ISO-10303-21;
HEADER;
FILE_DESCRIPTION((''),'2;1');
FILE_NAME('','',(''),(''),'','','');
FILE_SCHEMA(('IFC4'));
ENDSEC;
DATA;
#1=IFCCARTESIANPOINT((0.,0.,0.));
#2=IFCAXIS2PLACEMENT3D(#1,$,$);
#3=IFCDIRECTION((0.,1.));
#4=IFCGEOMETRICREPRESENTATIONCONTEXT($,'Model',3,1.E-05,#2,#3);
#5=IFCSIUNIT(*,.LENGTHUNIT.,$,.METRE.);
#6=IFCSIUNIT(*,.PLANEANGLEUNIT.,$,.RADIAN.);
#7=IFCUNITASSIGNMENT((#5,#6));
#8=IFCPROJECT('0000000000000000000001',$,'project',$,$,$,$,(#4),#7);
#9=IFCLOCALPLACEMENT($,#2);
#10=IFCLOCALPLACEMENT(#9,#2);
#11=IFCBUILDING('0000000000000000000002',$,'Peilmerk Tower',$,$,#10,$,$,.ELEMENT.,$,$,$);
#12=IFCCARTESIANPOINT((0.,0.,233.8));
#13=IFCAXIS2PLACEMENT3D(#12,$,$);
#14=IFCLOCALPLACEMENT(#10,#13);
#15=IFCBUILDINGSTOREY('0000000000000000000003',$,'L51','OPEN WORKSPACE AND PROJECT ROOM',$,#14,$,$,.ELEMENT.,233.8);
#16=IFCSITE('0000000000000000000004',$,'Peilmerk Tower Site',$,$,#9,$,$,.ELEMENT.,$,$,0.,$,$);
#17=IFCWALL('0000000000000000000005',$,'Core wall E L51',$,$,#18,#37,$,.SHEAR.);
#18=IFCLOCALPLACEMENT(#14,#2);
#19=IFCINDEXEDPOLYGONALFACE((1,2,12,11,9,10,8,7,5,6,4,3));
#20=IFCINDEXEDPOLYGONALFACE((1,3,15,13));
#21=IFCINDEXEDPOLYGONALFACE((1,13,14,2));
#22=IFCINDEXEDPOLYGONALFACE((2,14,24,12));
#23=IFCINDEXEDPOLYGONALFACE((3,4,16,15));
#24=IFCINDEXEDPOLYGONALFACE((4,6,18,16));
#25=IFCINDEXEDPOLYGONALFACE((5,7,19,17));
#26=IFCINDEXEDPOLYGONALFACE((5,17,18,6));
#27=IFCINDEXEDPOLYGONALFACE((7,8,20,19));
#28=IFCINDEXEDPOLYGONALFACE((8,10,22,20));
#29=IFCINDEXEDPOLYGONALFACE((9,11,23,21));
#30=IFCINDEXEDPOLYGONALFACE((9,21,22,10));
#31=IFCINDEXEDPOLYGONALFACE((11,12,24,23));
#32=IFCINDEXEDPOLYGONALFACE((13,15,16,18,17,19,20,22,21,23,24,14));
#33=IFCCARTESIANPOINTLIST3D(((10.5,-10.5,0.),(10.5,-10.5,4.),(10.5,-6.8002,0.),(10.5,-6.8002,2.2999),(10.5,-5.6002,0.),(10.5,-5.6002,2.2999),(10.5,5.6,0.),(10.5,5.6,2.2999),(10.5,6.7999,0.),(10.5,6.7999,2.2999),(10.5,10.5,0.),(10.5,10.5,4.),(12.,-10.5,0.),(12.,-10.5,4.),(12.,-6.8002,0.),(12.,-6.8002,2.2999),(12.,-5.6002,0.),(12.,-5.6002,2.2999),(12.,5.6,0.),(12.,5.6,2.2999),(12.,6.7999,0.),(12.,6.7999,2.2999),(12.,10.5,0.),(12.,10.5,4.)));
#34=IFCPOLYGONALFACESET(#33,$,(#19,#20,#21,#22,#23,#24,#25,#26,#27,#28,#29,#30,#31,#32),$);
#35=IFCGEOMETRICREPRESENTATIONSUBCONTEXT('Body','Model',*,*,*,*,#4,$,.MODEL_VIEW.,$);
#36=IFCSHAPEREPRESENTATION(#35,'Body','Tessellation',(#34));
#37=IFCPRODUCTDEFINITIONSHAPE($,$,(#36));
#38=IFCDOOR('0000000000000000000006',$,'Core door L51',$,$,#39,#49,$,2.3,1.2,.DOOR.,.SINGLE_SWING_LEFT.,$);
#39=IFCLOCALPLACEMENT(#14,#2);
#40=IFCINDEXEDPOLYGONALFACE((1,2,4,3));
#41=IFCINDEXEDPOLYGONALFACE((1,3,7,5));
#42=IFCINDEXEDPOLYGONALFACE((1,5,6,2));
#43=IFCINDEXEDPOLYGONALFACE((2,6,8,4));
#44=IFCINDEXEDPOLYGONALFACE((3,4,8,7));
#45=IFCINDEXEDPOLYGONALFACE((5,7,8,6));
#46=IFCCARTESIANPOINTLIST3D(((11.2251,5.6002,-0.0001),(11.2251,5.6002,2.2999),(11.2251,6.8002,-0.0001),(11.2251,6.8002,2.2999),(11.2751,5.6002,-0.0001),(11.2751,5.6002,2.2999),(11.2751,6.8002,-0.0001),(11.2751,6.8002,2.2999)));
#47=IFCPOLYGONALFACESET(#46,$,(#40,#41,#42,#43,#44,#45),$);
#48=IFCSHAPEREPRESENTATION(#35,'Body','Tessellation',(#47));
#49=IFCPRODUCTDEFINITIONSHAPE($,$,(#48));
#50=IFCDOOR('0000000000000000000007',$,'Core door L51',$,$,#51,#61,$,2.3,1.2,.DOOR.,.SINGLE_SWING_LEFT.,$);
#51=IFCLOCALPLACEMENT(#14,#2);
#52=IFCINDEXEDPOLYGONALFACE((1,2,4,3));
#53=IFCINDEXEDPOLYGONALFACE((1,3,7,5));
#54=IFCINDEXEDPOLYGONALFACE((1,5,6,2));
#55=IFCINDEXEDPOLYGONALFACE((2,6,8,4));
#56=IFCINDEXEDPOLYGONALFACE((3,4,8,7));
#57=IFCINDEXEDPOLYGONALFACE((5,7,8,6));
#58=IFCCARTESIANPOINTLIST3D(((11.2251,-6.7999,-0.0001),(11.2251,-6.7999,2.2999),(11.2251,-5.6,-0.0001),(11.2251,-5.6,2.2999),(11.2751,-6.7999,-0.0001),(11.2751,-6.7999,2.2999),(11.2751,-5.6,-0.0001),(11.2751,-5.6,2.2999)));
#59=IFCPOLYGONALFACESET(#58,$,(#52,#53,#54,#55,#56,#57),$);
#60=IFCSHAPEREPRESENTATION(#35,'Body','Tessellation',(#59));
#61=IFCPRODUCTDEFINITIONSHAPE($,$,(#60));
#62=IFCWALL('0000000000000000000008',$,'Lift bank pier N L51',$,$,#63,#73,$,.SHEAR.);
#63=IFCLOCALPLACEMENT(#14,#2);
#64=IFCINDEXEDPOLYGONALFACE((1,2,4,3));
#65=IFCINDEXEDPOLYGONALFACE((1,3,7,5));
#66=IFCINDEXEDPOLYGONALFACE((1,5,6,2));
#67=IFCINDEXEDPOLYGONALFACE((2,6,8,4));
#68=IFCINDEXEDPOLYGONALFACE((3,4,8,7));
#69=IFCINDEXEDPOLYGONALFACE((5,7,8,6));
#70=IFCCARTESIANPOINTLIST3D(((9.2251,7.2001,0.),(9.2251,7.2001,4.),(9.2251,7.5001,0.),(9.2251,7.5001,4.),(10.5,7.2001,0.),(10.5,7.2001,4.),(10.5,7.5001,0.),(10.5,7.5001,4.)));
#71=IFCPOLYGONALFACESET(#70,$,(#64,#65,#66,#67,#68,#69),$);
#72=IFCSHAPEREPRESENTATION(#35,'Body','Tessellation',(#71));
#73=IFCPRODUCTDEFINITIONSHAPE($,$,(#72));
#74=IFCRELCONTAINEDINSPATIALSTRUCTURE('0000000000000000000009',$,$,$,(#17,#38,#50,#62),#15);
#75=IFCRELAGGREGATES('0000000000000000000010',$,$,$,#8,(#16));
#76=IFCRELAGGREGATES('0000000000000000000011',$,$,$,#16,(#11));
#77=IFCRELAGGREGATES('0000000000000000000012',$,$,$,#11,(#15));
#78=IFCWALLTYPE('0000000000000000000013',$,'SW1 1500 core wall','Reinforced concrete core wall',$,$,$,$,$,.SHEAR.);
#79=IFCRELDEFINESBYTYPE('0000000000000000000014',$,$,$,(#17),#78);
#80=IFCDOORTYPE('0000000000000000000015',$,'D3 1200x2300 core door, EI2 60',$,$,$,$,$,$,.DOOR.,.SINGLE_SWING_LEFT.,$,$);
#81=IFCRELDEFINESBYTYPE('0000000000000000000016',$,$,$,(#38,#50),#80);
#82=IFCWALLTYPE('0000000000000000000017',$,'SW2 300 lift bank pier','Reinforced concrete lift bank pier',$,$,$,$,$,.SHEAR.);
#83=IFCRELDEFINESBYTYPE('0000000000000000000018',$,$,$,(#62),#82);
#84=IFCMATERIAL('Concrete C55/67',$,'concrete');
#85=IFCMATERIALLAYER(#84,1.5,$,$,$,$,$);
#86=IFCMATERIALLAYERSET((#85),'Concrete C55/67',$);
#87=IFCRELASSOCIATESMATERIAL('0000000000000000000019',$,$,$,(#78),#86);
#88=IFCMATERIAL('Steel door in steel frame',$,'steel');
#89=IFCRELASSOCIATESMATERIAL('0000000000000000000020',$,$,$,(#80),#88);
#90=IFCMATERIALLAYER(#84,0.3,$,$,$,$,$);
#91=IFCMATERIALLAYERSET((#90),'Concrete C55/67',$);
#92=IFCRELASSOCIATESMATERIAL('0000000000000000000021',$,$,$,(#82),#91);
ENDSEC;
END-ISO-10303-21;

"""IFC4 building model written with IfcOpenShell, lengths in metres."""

from ifc_helpers import new_model, si_unit, direction, frame, frame_2d, origin, place, context, subcontext, project, spatial, rectangle, extrude, material, layer, layer_set, type_object, element, fill, save


model = new_model("IFC4")

# Units and contexts
model_context = context("Model", 3, precision=1e-05, world=origin(), true_north=direction((0.0, 1.0)))
body_context = subcontext(model_context, "Body", "Model", "MODEL_VIEW")
ifc_project = project(units=[si_unit("LENGTHUNIT", "METRE"), si_unit("PLANEANGLEUNIT", "RADIAN")], contexts=[model_context])

# Site, building, storey
site_placement = place(None, origin())
site = spatial("IfcSite", under=ifc_project, at=site_placement, Name="Peilmerk Tower Site", CompositionType="ELEMENT", RefElevation=0.0)
building_placement = place(site_placement, origin())
building = spatial("IfcBuilding", under=site, at=building_placement, Name="Peilmerk Tower", CompositionType="ELEMENT")
storey_placement = place(building_placement, frame((0.0, 0.0, 233.8)))
storey = spatial("IfcBuildingStorey", under=building, at=storey_placement, Name="L51", Description="OPEN WORKSPACE AND PROJECT ROOM", CompositionType="ELEMENT", Elevation=233.8)

# Shared definitions
ifc_material_1 = material(Name="Steel door in steel frame", Category="steel")

# Wall, openings, doors
ifc_material_2 = material(Name="Concrete C55/67", Category="concrete")
ifc_layer_1 = layer(ifc_material_2, 1.5)
ifc_layer_set_1 = layer_set([ifc_layer_1], Name="Concrete C55/67")
wall_type_1 = type_object("IfcWallType", Name="SW1 1500 core wall", Description="Reinforced concrete core wall", PredefinedType="SHEAR", material=ifc_layer_set_1)
wall_1_placement = place(storey_placement, frame((11.25, 10.5, 0.0), z_axis=(0.0, 0.0, 1.0), x_axis=(0.0, -1.0, 0.0)))
wall_1 = element("IfcWall", 1, at=wall_1_placement, inside=storey, type_object=wall_type_1, Name="Core wall E L51", PredefinedType="SHEAR", context=body_context, shape_type="SweptSolid", body=[
    extrude(rectangle(XDim=21.0, YDim=1.5, at=frame_2d((10.5, 0.0))), origin(), (0.0, 0.0, 1.0), 4.0),
])
opening_1_placement = place(wall_1_placement, frame((3.7, 0.0, 0.0)))
opening_1 = element("IfcOpeningElement", 2, at=opening_1_placement, cuts=wall_1, PredefinedType="OPENING", context=body_context, shape_type="SweptSolid", body=[
    extrude(rectangle(XDim=1.2, YDim=2.3, at=frame_2d((0.6001, 1.1499))), frame((0.0, 0.76, 0.0), z_axis=(0.0, -1.0, 0.0), x_axis=(1.0, 0.0, 0.0)), (0.0, 0.0, 1.0), 1.52),
])
opening_2_placement = place(wall_1_placement, frame((16.1001, 0.0, 0.0)))
opening_2 = element("IfcOpeningElement", 3, at=opening_2_placement, cuts=wall_1, PredefinedType="OPENING", context=body_context, shape_type="SweptSolid", body=[
    extrude(rectangle(XDim=1.2, YDim=2.3, at=frame_2d((0.6001, 1.1499))), frame((0.0, 0.76, 0.0), z_axis=(0.0, -1.0, 0.0), x_axis=(1.0, 0.0, 0.0)), (0.0, 0.0, 1.0), 1.52),
])
door_type_1 = type_object("IfcDoorType", Name="D3 1200x2300 core door, EI2 60", OperationType="SINGLE_SWING_LEFT", PredefinedType="DOOR", material=ifc_material_1)
door_1_placement = place(opening_1_placement, frame((1.2, 0.0, 0.0), z_axis=(0.0, 0.0, 1.0), x_axis=(-1.0, 0.0, 0.0)))
door_1 = element("IfcDoor", 4, at=door_1_placement, inside=storey, type_object=door_type_1, Name="Core door L51", OperationType="SINGLE_SWING_LEFT", OverallHeight=2.3, OverallWidth=1.2, PredefinedType="DOOR", context=body_context, shape_type="SweptSolid", body=[
    extrude(rectangle(XDim=1.2, YDim=2.3, at=frame_2d((0.6001, 1.1499))), frame((0.0, 0.0249, 0.0), z_axis=(0.0, -1.0, 0.0), x_axis=(1.0, 0.0, 0.0)), (0.0, 0.0, 1.0), 0.05),
])
fill(opening_1, door_1)
door_2_placement = place(opening_2_placement, frame((1.2, 0.0, 0.0), z_axis=(0.0, 0.0, 1.0), x_axis=(-1.0, 0.0, 0.0)))
door_2 = element("IfcDoor", 5, at=door_2_placement, inside=storey, type_object=door_type_1, Name="Core door L51", OperationType="SINGLE_SWING_LEFT", OverallHeight=2.3, OverallWidth=1.2, PredefinedType="DOOR", context=body_context, shape_type="SweptSolid", body=[
    extrude(rectangle(XDim=1.2, YDim=2.3, at=frame_2d((0.6001, 1.1499))), frame((0.0, 0.0249, 0.0), z_axis=(0.0, -1.0, 0.0), x_axis=(1.0, 0.0, 0.0)), (0.0, 0.0, 1.0), 0.05),
])
fill(opening_2, door_2)

# Wall
ifc_layer_2 = layer(ifc_material_2, 0.3)
ifc_layer_set_2 = layer_set([ifc_layer_2], Name="Concrete C55/67")
wall_type_2 = type_object("IfcWallType", Name="SW2 300 lift bank pier", Description="Reinforced concrete lift bank pier", PredefinedType="SHEAR", material=ifc_layer_set_2)
wall_2_placement = place(storey_placement, frame((9.2251, 7.3501, 0.0), z_axis=(0.0, 0.0, 1.0), x_axis=(1.0, 0.0, 0.0)))
element("IfcWall", 6, at=wall_2_placement, inside=storey, type_object=wall_type_2, Name="Lift bank pier N L51", PredefinedType="SHEAR", context=body_context, shape_type="SweptSolid", body=[
    extrude(rectangle(XDim=1.2749, YDim=0.3, at=frame_2d((0.6375, 0.0))), origin(), (0.0, 0.0, 1.0), 4.0),
])

save(model, "model.ifc")
